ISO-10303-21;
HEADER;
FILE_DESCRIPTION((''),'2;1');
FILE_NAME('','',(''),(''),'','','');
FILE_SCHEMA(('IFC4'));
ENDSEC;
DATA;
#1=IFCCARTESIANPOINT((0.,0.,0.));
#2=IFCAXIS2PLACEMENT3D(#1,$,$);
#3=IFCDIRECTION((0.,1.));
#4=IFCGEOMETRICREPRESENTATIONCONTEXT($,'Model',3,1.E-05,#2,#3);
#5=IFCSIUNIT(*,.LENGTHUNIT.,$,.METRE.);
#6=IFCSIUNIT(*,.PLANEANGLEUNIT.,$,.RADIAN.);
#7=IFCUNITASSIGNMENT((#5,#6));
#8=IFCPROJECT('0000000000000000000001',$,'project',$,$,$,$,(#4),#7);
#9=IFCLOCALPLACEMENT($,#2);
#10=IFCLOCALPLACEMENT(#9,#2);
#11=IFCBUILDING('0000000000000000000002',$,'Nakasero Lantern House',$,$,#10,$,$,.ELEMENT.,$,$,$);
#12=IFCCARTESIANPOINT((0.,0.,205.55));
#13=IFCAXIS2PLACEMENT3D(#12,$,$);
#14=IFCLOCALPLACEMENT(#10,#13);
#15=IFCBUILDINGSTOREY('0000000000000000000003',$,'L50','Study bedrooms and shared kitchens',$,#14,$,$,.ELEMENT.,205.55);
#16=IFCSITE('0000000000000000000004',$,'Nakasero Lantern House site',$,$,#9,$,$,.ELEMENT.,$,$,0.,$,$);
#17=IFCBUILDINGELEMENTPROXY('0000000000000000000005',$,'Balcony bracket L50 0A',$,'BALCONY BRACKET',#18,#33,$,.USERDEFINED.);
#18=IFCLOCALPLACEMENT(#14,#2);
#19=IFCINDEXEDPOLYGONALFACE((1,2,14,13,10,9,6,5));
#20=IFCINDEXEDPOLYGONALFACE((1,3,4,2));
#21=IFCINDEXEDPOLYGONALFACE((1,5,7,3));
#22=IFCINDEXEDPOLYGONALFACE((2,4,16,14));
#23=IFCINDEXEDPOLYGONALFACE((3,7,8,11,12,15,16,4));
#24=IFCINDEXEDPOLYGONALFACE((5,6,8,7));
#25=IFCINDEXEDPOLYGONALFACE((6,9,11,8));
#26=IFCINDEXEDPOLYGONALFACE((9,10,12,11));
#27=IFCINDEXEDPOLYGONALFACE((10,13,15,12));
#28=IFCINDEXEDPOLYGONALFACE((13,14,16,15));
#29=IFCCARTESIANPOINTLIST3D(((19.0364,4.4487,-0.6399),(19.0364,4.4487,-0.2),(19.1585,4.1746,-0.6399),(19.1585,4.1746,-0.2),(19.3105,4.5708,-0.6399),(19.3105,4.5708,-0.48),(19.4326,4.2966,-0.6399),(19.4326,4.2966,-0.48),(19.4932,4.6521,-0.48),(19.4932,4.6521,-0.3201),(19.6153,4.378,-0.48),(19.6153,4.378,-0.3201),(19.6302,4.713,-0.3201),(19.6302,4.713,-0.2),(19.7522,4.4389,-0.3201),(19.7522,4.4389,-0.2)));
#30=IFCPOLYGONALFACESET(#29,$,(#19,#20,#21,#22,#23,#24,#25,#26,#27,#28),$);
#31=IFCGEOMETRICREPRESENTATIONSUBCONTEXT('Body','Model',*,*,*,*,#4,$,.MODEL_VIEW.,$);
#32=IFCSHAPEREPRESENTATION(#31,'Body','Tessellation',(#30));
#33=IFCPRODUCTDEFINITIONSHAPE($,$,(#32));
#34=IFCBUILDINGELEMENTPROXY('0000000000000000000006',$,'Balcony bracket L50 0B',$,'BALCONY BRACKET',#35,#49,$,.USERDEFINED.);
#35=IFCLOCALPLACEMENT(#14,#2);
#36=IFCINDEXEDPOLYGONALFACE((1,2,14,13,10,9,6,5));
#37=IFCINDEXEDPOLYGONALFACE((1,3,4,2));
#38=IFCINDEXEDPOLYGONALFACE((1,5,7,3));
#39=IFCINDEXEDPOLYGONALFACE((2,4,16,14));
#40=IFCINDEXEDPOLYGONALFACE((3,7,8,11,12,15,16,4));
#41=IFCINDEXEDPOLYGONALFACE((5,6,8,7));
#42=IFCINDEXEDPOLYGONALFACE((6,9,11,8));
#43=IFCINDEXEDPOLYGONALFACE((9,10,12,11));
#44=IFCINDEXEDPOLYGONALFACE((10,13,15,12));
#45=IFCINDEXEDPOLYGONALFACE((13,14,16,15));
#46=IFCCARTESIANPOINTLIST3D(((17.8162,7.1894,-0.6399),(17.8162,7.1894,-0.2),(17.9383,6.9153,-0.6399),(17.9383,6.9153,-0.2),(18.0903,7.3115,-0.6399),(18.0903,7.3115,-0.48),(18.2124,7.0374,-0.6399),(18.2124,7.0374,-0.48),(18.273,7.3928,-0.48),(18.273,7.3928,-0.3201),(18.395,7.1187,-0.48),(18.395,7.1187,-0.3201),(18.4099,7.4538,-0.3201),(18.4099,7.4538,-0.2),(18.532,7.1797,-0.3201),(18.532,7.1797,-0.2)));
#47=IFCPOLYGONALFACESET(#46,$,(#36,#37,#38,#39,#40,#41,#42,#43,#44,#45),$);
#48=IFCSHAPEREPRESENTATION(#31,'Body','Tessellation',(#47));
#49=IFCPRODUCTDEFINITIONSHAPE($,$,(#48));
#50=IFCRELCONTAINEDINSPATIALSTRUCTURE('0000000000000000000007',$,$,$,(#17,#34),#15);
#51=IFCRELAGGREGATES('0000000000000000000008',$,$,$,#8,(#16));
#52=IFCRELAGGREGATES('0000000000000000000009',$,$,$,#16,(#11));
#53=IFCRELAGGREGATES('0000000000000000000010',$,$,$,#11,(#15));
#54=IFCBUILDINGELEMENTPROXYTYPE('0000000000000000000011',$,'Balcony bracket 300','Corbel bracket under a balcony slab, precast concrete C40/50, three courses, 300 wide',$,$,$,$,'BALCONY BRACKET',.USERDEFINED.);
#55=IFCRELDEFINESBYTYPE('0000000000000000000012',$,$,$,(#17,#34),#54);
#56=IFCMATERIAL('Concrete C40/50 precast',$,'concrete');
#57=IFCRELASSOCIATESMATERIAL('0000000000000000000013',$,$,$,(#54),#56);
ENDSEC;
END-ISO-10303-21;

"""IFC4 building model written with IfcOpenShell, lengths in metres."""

from ifc_helpers import new_model, si_unit, direction, frame, origin, place, context, subcontext, project, spatial, polyline, outline, extrude, material, type_object, element, save


model = new_model("IFC4")

# Units and contexts
model_context = context("Model", 3, precision=1e-05, world=origin(), true_north=direction((0.0, 1.0)))
body_context = subcontext(model_context, "Body", "Model", "MODEL_VIEW")
ifc_project = project(units=[si_unit("LENGTHUNIT", "METRE"), si_unit("PLANEANGLEUNIT", "RADIAN")], contexts=[model_context])

# Site, building, storey
site_placement = place(None, origin())
site = spatial("IfcSite", under=ifc_project, at=site_placement, Name="Nakasero Lantern House site", CompositionType="ELEMENT", RefElevation=0.0)
building_placement = place(site_placement, origin())
building = spatial("IfcBuilding", under=site, at=building_placement, Name="Nakasero Lantern House", CompositionType="ELEMENT")
storey_placement = place(building_placement, frame((0.0, 0.0, 205.55)))
storey = spatial("IfcBuildingStorey", under=building, at=storey_placement, Name="L50", Description="Study bedrooms and shared kitchens", CompositionType="ELEMENT", Elevation=205.55)

# Building element proxies
ifc_material_1 = material(Name="Concrete C40/50 precast", Category="concrete")
building_element_proxy_type = type_object("IfcBuildingElementProxyType", Name="Balcony bracket 300", Description="Corbel bracket under a balcony slab, precast concrete C40/50, three courses, 300 wide", ElementType="BALCONY BRACKET", PredefinedType="USERDEFINED", material=ifc_material_1)
for number, where, z_axis, x_axis, name in (
    (1, (19.0974, 4.3118, -0.2), (0.0, 0.0, 1.0), (0.913545, 0.406737, 0.0), "Balcony bracket L50 0A"),
    (2, (17.8772, 7.0525, -0.2), (0.0, 0.0, 1.0), (0.913545, 0.406737, 0.0), "Balcony bracket L50 0B"),
):
    element("IfcBuildingElementProxy", number, at=place(storey_placement, frame(where, z_axis=z_axis, x_axis=x_axis)), inside=storey, type_object=building_element_proxy_type, Name=name, ObjectType="BALCONY BRACKET", PredefinedType="USERDEFINED", context=body_context, shape_type="SweptSolid", body=[
        extrude(outline(polyline([(0.0, 0.0), (0.6499, 0.0), (0.6499, -0.1201), (0.5, -0.1201), (0.5, -0.28), (0.3, -0.28), (0.3, -0.4399), (0.0, -0.4399), (0.0, 0.0)])), frame((0.0, 0.1499, 0.0), z_axis=(0.0, -1.0, 0.0), x_axis=(1.0, 0.0, 0.0)), (0.0, 0.0, 1.0), 0.3),
    ])

save(model, "model.ifc")
